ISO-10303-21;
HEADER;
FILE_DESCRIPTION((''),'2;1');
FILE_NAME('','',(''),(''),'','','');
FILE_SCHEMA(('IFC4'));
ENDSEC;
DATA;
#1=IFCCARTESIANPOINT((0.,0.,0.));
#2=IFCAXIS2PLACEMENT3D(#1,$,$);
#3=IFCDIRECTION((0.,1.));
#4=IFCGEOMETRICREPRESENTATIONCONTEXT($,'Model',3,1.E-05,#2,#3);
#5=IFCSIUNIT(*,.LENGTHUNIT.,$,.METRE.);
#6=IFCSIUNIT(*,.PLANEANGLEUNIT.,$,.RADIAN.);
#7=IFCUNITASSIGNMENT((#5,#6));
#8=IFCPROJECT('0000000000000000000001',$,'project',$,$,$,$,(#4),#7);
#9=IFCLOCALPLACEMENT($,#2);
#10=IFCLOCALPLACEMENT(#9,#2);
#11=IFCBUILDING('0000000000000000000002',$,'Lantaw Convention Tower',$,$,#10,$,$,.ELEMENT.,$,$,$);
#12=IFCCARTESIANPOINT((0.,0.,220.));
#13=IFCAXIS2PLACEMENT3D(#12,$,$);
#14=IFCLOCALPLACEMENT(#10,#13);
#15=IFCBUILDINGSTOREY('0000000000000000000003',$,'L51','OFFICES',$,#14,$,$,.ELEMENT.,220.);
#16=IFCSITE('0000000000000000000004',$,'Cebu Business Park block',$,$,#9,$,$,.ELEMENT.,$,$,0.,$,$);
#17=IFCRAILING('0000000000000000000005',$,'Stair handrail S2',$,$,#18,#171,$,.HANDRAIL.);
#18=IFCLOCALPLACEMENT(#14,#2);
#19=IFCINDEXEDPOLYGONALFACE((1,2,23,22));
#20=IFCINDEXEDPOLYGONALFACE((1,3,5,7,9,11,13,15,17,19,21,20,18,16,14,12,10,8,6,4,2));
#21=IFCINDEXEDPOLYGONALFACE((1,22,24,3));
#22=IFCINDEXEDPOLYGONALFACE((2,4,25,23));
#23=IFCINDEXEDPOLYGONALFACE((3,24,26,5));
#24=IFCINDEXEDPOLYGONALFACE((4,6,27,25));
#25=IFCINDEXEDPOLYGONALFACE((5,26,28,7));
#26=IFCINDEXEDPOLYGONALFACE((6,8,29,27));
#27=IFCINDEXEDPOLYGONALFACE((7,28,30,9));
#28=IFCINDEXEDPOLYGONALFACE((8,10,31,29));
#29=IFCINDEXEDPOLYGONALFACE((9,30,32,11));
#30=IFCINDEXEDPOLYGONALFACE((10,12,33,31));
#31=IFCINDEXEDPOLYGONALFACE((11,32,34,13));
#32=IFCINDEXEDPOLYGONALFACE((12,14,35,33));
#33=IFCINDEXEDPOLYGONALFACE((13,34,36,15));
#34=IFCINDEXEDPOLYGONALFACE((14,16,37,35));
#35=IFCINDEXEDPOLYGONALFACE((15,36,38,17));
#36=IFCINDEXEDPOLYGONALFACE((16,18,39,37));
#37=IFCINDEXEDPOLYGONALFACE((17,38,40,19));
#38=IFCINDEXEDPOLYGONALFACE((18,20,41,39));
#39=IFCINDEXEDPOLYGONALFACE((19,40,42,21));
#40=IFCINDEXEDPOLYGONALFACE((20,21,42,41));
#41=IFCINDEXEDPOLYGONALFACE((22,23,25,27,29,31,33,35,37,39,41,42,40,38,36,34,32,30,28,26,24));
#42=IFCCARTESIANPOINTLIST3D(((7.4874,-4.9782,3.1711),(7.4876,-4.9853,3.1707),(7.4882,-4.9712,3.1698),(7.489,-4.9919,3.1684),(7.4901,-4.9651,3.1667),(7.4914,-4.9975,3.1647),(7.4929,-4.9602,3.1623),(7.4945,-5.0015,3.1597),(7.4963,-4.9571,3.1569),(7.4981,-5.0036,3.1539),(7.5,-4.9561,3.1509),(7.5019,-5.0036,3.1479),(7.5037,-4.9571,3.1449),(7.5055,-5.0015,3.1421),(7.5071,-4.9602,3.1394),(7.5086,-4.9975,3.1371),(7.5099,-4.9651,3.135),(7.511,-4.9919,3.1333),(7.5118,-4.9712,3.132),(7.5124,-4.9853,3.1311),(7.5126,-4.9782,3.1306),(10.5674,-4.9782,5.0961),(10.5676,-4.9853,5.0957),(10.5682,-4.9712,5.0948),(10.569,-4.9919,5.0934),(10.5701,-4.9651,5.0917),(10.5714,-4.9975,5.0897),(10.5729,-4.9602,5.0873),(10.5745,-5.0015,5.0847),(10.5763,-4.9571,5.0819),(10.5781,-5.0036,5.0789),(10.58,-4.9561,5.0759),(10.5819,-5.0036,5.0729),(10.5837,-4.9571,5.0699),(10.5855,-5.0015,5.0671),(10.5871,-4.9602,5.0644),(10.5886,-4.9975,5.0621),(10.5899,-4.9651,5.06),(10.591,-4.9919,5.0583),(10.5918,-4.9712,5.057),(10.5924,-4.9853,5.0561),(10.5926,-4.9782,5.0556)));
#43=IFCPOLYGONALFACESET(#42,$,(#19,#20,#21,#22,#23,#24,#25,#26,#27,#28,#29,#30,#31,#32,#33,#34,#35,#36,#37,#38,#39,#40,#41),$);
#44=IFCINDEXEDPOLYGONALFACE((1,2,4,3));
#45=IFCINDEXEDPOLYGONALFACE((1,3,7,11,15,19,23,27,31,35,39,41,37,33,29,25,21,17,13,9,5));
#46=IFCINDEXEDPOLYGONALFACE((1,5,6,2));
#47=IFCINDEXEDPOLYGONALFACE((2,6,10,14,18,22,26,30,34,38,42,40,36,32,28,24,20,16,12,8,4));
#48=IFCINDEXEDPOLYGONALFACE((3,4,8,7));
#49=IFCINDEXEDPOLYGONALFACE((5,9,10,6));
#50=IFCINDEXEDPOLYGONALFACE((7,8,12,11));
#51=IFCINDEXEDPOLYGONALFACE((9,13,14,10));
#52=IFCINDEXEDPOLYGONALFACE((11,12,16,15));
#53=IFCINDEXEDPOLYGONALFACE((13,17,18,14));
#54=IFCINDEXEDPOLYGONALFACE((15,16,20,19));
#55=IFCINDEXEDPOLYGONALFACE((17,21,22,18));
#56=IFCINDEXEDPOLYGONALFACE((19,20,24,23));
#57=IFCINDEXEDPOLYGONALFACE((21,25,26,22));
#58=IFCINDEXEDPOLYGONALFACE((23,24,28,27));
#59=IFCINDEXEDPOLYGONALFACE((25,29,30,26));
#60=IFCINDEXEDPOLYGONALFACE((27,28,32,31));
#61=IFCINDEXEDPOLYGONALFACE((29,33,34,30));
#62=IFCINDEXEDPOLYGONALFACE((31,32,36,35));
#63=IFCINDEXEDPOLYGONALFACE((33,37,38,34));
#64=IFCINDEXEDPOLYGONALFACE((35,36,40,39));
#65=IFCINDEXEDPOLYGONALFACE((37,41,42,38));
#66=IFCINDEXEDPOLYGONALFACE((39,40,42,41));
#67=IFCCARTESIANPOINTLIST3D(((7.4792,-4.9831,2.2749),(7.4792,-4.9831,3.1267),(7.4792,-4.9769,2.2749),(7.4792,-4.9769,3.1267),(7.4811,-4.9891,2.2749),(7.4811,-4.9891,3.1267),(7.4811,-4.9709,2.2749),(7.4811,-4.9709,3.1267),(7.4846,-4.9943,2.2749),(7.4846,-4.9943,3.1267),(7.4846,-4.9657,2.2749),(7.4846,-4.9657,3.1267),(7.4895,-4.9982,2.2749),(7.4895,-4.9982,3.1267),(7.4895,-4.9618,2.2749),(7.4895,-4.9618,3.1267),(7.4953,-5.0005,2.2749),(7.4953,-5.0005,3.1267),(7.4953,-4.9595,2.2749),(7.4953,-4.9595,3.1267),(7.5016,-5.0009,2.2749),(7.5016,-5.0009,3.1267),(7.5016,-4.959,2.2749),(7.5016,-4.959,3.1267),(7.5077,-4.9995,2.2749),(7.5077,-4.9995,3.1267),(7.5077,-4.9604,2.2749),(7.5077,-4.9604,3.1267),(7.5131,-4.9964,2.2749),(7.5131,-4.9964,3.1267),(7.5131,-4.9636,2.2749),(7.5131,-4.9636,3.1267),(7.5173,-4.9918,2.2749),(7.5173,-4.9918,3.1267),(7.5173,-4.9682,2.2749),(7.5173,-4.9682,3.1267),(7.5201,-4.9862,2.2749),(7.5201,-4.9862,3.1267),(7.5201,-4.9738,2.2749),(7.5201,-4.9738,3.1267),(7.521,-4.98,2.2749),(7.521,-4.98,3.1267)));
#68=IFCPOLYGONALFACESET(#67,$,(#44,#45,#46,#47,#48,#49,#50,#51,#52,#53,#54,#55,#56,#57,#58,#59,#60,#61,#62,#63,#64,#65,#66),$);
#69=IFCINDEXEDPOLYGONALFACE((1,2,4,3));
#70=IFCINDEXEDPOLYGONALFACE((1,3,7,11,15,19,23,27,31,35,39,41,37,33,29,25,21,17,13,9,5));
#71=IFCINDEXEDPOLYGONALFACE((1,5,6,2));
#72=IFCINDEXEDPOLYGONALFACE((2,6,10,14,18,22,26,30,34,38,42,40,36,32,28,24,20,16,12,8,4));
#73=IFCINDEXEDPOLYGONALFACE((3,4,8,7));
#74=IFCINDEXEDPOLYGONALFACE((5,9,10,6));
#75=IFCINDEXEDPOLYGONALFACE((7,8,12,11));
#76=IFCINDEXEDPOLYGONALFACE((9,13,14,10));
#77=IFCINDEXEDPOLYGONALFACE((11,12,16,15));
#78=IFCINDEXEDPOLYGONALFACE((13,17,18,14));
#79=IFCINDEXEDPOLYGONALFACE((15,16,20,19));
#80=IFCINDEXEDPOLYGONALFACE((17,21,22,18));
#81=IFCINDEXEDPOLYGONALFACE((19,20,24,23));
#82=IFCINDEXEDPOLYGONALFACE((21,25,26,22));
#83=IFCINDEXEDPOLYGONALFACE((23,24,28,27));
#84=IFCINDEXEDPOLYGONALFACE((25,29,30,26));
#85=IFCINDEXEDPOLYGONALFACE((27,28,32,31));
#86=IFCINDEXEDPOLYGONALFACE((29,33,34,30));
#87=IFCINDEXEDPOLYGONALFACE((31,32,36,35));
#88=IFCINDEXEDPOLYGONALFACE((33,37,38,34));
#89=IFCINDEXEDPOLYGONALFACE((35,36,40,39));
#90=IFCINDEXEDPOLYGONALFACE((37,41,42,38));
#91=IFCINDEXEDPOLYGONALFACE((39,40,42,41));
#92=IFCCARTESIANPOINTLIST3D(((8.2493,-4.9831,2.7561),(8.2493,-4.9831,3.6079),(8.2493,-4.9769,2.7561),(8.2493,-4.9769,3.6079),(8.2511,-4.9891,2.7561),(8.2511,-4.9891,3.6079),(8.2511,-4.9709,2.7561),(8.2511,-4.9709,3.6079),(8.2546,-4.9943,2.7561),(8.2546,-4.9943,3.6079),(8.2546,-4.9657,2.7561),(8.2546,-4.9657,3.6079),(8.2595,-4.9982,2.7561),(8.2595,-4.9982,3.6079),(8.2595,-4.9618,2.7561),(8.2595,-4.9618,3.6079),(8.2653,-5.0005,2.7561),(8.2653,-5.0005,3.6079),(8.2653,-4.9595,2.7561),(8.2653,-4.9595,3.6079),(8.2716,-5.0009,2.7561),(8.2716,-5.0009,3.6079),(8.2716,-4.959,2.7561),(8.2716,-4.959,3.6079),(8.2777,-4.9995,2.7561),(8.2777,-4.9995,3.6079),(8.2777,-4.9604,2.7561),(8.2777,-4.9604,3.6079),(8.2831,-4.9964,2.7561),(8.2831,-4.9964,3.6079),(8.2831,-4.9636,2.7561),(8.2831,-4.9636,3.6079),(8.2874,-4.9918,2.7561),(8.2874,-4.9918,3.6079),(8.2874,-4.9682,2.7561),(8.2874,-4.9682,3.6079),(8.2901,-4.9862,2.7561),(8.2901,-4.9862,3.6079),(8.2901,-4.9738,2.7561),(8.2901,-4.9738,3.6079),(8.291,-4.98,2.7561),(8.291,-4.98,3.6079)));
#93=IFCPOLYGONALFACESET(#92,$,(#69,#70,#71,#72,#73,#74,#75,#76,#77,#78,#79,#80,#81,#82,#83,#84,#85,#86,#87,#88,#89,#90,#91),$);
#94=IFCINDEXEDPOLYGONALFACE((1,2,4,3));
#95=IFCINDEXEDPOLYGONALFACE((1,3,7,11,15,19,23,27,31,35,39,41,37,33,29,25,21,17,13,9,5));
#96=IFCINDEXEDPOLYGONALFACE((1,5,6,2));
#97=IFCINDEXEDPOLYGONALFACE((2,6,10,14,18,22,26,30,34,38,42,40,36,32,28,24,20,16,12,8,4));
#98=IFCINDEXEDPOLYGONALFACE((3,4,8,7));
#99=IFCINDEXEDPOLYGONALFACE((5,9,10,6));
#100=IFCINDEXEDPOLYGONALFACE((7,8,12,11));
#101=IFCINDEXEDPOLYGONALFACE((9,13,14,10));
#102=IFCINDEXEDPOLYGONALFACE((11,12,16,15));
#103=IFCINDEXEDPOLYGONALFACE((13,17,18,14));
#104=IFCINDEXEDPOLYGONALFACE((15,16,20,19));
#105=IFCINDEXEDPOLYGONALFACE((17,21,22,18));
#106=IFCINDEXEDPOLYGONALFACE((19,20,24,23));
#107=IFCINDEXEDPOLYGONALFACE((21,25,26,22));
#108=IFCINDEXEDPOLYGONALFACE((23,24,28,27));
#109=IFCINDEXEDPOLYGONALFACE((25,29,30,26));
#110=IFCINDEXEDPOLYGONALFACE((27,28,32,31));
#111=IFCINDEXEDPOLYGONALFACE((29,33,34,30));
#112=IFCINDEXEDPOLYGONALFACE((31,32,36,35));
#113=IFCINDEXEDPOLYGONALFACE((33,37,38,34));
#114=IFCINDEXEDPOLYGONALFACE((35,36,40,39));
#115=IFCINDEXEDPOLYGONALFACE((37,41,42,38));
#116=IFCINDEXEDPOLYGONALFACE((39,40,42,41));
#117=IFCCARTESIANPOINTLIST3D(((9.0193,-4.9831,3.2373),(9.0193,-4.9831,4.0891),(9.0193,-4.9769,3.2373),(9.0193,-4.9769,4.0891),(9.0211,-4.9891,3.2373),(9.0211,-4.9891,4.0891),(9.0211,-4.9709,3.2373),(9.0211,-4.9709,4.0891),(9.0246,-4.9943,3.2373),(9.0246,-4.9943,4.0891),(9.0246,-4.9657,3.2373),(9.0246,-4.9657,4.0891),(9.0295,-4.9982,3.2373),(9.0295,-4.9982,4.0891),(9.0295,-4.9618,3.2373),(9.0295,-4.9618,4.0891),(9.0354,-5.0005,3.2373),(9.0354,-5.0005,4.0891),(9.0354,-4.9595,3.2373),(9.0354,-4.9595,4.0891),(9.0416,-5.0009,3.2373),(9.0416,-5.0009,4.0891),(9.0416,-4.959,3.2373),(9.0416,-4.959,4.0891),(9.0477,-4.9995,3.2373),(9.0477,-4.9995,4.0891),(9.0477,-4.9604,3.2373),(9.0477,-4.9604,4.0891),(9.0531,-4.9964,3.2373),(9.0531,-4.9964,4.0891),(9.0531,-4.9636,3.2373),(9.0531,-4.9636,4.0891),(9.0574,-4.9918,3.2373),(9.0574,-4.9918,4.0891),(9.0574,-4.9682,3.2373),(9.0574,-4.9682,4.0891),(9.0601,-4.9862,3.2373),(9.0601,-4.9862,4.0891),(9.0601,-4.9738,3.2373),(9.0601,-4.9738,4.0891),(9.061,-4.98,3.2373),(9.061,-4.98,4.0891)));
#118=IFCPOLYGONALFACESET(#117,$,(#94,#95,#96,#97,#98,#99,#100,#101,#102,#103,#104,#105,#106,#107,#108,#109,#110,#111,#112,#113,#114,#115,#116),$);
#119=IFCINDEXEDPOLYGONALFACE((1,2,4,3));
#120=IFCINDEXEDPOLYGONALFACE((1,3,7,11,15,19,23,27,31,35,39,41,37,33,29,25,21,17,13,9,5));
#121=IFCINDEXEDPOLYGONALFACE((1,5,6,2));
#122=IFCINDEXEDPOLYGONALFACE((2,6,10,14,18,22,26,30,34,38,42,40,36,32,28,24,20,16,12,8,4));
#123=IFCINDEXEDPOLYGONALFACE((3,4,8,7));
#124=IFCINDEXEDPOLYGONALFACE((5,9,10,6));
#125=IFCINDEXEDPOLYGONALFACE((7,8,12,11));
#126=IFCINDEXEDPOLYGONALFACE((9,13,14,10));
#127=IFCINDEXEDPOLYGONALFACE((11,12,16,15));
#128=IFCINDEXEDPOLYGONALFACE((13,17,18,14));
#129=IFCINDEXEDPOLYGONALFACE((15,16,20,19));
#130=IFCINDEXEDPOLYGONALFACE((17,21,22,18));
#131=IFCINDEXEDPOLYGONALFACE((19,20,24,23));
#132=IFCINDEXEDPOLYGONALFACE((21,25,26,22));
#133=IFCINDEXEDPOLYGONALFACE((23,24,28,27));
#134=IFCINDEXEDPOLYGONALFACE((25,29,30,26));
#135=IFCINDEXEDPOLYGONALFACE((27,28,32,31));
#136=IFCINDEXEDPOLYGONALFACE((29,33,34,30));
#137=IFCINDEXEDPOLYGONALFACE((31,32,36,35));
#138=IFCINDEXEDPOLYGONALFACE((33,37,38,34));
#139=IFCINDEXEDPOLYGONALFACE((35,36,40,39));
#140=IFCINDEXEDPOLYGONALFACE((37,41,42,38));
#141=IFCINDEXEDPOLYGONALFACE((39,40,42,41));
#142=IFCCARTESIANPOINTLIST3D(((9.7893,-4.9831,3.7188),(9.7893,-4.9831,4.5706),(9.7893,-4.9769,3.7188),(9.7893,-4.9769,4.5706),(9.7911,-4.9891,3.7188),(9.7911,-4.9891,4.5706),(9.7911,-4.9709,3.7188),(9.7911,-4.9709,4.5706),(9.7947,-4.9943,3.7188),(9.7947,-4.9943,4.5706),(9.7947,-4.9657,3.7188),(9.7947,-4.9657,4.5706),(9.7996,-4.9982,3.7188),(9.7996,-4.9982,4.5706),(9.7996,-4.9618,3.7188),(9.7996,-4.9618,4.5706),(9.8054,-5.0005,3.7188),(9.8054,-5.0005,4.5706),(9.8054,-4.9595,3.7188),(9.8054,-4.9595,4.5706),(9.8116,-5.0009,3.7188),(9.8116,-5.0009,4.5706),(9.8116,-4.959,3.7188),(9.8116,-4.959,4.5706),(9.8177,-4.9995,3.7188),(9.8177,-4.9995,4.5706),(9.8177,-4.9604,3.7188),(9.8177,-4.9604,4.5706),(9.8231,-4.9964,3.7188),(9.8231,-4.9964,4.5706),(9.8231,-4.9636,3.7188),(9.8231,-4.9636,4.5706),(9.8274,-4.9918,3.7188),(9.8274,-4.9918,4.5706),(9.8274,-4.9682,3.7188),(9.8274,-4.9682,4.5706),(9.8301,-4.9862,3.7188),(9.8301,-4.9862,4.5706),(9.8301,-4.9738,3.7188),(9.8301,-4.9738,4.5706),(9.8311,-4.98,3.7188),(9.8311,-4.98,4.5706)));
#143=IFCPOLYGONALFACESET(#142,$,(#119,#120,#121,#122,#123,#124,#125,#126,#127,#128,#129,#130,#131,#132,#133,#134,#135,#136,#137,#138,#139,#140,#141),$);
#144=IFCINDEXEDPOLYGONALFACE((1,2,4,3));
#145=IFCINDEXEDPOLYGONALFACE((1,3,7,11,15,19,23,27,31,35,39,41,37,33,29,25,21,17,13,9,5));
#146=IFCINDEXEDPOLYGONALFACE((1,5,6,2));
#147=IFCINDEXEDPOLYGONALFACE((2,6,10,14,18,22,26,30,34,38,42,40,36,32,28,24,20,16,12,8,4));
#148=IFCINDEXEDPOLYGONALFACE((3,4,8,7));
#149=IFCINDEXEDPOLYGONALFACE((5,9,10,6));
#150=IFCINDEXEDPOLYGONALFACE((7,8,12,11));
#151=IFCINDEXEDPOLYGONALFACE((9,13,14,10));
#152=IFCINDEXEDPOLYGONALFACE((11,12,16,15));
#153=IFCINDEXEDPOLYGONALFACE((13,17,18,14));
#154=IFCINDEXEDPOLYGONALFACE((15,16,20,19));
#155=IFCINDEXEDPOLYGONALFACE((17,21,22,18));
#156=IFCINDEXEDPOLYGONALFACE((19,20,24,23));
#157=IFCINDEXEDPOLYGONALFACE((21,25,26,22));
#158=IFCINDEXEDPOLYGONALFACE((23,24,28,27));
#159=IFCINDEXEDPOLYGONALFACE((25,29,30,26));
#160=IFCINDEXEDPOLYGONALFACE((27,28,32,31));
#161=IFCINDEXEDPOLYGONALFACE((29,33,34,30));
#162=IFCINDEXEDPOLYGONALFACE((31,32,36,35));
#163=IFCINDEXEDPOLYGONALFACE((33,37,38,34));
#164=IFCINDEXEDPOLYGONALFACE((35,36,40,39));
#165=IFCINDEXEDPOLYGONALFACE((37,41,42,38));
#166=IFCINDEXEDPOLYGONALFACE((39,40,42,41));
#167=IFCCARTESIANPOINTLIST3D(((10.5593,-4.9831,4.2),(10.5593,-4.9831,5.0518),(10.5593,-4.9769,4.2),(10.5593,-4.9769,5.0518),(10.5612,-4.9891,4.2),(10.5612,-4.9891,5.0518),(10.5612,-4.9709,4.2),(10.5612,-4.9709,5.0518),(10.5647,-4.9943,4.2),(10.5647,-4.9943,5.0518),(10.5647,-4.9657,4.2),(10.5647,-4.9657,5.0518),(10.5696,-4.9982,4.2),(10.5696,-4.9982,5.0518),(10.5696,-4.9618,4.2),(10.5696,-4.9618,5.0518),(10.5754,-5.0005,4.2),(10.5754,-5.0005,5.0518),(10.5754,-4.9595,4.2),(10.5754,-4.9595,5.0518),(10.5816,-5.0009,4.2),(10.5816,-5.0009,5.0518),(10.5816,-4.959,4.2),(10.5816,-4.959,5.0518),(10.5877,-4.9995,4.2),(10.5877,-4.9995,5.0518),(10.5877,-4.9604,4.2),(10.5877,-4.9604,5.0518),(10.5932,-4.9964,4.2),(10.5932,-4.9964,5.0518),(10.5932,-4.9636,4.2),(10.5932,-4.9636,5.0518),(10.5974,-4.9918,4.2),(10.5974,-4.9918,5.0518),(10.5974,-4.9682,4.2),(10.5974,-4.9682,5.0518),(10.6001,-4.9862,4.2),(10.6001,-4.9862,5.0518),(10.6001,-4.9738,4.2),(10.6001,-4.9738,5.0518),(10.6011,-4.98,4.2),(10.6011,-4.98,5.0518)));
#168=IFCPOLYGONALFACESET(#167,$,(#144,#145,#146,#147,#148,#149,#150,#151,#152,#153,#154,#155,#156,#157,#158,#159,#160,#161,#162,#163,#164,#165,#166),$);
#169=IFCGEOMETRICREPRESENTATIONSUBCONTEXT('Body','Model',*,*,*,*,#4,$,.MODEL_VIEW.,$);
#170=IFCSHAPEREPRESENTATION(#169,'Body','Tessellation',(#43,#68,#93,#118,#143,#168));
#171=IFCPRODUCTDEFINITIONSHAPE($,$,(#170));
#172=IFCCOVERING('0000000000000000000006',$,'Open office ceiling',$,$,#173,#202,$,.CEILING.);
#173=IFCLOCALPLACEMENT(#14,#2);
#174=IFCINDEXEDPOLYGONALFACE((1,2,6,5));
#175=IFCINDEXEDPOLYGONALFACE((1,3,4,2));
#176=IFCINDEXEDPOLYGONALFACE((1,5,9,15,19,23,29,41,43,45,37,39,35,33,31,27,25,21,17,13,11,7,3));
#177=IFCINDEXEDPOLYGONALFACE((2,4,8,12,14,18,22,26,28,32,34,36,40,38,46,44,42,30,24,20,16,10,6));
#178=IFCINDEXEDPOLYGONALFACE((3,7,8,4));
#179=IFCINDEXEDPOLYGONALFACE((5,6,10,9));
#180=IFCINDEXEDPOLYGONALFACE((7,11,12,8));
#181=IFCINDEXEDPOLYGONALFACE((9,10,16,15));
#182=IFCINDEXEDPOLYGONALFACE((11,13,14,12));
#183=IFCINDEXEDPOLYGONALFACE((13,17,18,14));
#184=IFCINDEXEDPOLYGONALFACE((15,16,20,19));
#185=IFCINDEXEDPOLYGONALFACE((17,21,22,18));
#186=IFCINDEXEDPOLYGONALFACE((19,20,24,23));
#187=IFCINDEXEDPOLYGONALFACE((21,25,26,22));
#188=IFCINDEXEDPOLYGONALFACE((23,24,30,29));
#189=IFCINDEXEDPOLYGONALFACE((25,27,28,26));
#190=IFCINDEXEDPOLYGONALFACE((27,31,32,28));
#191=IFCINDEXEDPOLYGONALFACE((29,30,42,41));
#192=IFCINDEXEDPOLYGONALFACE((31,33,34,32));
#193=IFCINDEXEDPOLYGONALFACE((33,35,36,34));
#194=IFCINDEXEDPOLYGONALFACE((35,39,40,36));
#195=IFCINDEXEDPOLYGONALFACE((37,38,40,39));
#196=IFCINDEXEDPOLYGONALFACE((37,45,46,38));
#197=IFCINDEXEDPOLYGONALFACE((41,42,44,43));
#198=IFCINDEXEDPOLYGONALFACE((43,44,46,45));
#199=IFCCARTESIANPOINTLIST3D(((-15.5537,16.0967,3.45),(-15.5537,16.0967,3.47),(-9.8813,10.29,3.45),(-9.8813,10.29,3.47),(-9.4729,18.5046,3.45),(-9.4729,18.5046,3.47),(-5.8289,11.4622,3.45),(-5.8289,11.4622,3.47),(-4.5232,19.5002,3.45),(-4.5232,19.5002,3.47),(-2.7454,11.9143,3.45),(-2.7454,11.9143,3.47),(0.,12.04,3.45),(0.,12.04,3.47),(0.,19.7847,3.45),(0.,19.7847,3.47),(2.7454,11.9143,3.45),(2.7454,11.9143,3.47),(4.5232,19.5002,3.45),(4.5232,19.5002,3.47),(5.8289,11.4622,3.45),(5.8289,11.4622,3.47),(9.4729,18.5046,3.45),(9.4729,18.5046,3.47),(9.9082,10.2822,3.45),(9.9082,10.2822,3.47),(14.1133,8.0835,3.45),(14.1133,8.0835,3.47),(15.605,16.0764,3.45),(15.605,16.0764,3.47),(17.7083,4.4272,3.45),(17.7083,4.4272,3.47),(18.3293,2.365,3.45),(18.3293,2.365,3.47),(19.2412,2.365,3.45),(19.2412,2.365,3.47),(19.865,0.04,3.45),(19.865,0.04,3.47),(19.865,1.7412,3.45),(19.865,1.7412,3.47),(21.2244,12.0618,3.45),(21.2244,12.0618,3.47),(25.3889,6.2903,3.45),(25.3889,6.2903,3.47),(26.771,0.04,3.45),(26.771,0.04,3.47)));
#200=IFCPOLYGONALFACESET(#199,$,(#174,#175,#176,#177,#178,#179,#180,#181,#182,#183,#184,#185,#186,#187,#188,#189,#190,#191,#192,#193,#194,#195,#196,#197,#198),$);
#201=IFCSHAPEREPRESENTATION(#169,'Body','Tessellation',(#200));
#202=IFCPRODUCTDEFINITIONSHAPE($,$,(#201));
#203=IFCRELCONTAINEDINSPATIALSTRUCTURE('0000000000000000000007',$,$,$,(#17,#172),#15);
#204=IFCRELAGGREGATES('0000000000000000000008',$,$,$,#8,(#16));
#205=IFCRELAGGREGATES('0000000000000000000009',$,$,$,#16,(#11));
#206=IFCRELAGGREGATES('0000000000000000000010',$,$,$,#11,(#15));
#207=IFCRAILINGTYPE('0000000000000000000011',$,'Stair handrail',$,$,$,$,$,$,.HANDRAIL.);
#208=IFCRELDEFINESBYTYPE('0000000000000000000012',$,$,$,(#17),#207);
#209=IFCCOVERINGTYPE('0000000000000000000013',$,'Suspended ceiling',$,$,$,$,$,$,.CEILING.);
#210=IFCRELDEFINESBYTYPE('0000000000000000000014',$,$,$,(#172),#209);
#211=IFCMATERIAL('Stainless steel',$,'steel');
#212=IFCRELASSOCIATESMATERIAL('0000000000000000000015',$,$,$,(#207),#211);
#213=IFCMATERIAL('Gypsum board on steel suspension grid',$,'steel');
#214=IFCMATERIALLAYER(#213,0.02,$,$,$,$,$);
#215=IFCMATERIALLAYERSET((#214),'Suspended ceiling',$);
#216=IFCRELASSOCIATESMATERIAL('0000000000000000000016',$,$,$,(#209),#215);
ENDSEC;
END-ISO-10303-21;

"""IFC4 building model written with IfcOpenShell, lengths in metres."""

from ifc_helpers import new_model, si_unit, direction, frame, origin, origin_2d, place, context, subcontext, project, spatial, polyline, circle, outline, extrude, material, layer, layer_set, type_object, element, save


model = new_model("IFC4")

# Units and contexts
model_context = context("Model", 3, precision=1e-05, world=origin(), true_north=direction((0.0, 1.0)))
body_context = subcontext(model_context, "Body", "Model", "MODEL_VIEW")
ifc_project = project(units=[si_unit("LENGTHUNIT", "METRE"), si_unit("PLANEANGLEUNIT", "RADIAN")], contexts=[model_context])

# Site, building, storey
site_placement = place(None, origin())
site = spatial("IfcSite", under=ifc_project, at=site_placement, Name="Cebu Business Park block", CompositionType="ELEMENT", RefElevation=0.0)
building_placement = place(site_placement, origin())
building = spatial("IfcBuilding", under=site, at=building_placement, Name="Lantaw Convention Tower", CompositionType="ELEMENT")
storey_placement = place(building_placement, frame((0.0, 0.0, 220.0)))
storey = spatial("IfcBuildingStorey", under=building, at=storey_placement, Name="L51", Description="OFFICES", CompositionType="ELEMENT", Elevation=220.0)

# Railing
ifc_material_1 = material(Name="Stainless steel", Category="steel")
railing_type = type_object("IfcRailingType", Name="Stair handrail", PredefinedType="HANDRAIL", material=ifc_material_1)
railing_1_placement = place(storey_placement, frame((7.5, -4.98, 2.2749)))
element("IfcRailing", 1, at=railing_1_placement, inside=storey, type_object=railing_type, Name="Stair handrail S2", PredefinedType="HANDRAIL", context=body_context, shape_type="SweptSolid", body=[
    extrude(circle(Radius=0.0239, at=origin_2d()), frame((0.0, 0.0, 0.876), z_axis=(0.847998, 0.0, 0.529999), x_axis=(0.0, 1.0, 0.0)), (0.0, 0.0, 1.0), 3.6321),
    extrude(circle(Radius=0.021, at=origin_2d()), origin(), (0.0, 0.0, 1.0), 0.8518),
    extrude(circle(Radius=0.021, at=origin_2d()), frame((0.77, 0.0, 0.4812)), (0.0, 0.0, 1.0), 0.8518),
    extrude(circle(Radius=0.021, at=origin_2d()), frame((1.54, 0.0, 0.9624)), (0.0, 0.0, 1.0), 0.8518),
    extrude(circle(Radius=0.021, at=origin_2d()), frame((2.3101, 0.0, 1.4438)), (0.0, 0.0, 1.0), 0.8518),
    extrude(circle(Radius=0.021, at=origin_2d()), frame((3.0801, 0.0, 1.925)), (0.0, 0.0, 1.0), 0.8518),
])

# Covering
ifc_material_2 = material(Name="Gypsum board on steel suspension grid", Category="steel")
ifc_layer_1 = layer(ifc_material_2, 0.02)
ifc_layer_set_1 = layer_set([ifc_layer_1], Name="Suspended ceiling")
covering_type = type_object("IfcCoveringType", Name="Suspended ceiling", PredefinedType="CEILING", material=ifc_layer_set_1)
covering_1_placement = place(storey_placement, frame((0.0, 0.0, 3.45)))
element("IfcCovering", 2, at=covering_1_placement, inside=storey, type_object=covering_type, Name="Open office ceiling", PredefinedType="CEILING", context=body_context, shape_type="SweptSolid", body=[
    extrude(outline(polyline([(17.7083, 4.4272), (18.3293, 2.365), (19.2412, 2.365), (19.865, 1.7412), (19.865, 0.04), (26.771, 0.04), (25.3889, 6.2903), (21.2244, 12.0618), (15.605, 16.0764), (9.4729, 18.5046), (4.5232, 19.5002), (0.0, 19.7847), (-4.5232, 19.5002), (-9.4729, 18.5046), (-15.5537, 16.0967), (-9.8813, 10.29), (-5.8289, 11.4622), (-2.7454, 11.9143), (0.0, 12.04), (2.7454, 11.9143), (5.8289, 11.4622), (9.9082, 10.2822), (14.1133, 8.0835), (17.7083, 4.4272)])), origin(), (0.0, 0.0, 1.0), 0.02),
])

save(model, "model.ifc")
